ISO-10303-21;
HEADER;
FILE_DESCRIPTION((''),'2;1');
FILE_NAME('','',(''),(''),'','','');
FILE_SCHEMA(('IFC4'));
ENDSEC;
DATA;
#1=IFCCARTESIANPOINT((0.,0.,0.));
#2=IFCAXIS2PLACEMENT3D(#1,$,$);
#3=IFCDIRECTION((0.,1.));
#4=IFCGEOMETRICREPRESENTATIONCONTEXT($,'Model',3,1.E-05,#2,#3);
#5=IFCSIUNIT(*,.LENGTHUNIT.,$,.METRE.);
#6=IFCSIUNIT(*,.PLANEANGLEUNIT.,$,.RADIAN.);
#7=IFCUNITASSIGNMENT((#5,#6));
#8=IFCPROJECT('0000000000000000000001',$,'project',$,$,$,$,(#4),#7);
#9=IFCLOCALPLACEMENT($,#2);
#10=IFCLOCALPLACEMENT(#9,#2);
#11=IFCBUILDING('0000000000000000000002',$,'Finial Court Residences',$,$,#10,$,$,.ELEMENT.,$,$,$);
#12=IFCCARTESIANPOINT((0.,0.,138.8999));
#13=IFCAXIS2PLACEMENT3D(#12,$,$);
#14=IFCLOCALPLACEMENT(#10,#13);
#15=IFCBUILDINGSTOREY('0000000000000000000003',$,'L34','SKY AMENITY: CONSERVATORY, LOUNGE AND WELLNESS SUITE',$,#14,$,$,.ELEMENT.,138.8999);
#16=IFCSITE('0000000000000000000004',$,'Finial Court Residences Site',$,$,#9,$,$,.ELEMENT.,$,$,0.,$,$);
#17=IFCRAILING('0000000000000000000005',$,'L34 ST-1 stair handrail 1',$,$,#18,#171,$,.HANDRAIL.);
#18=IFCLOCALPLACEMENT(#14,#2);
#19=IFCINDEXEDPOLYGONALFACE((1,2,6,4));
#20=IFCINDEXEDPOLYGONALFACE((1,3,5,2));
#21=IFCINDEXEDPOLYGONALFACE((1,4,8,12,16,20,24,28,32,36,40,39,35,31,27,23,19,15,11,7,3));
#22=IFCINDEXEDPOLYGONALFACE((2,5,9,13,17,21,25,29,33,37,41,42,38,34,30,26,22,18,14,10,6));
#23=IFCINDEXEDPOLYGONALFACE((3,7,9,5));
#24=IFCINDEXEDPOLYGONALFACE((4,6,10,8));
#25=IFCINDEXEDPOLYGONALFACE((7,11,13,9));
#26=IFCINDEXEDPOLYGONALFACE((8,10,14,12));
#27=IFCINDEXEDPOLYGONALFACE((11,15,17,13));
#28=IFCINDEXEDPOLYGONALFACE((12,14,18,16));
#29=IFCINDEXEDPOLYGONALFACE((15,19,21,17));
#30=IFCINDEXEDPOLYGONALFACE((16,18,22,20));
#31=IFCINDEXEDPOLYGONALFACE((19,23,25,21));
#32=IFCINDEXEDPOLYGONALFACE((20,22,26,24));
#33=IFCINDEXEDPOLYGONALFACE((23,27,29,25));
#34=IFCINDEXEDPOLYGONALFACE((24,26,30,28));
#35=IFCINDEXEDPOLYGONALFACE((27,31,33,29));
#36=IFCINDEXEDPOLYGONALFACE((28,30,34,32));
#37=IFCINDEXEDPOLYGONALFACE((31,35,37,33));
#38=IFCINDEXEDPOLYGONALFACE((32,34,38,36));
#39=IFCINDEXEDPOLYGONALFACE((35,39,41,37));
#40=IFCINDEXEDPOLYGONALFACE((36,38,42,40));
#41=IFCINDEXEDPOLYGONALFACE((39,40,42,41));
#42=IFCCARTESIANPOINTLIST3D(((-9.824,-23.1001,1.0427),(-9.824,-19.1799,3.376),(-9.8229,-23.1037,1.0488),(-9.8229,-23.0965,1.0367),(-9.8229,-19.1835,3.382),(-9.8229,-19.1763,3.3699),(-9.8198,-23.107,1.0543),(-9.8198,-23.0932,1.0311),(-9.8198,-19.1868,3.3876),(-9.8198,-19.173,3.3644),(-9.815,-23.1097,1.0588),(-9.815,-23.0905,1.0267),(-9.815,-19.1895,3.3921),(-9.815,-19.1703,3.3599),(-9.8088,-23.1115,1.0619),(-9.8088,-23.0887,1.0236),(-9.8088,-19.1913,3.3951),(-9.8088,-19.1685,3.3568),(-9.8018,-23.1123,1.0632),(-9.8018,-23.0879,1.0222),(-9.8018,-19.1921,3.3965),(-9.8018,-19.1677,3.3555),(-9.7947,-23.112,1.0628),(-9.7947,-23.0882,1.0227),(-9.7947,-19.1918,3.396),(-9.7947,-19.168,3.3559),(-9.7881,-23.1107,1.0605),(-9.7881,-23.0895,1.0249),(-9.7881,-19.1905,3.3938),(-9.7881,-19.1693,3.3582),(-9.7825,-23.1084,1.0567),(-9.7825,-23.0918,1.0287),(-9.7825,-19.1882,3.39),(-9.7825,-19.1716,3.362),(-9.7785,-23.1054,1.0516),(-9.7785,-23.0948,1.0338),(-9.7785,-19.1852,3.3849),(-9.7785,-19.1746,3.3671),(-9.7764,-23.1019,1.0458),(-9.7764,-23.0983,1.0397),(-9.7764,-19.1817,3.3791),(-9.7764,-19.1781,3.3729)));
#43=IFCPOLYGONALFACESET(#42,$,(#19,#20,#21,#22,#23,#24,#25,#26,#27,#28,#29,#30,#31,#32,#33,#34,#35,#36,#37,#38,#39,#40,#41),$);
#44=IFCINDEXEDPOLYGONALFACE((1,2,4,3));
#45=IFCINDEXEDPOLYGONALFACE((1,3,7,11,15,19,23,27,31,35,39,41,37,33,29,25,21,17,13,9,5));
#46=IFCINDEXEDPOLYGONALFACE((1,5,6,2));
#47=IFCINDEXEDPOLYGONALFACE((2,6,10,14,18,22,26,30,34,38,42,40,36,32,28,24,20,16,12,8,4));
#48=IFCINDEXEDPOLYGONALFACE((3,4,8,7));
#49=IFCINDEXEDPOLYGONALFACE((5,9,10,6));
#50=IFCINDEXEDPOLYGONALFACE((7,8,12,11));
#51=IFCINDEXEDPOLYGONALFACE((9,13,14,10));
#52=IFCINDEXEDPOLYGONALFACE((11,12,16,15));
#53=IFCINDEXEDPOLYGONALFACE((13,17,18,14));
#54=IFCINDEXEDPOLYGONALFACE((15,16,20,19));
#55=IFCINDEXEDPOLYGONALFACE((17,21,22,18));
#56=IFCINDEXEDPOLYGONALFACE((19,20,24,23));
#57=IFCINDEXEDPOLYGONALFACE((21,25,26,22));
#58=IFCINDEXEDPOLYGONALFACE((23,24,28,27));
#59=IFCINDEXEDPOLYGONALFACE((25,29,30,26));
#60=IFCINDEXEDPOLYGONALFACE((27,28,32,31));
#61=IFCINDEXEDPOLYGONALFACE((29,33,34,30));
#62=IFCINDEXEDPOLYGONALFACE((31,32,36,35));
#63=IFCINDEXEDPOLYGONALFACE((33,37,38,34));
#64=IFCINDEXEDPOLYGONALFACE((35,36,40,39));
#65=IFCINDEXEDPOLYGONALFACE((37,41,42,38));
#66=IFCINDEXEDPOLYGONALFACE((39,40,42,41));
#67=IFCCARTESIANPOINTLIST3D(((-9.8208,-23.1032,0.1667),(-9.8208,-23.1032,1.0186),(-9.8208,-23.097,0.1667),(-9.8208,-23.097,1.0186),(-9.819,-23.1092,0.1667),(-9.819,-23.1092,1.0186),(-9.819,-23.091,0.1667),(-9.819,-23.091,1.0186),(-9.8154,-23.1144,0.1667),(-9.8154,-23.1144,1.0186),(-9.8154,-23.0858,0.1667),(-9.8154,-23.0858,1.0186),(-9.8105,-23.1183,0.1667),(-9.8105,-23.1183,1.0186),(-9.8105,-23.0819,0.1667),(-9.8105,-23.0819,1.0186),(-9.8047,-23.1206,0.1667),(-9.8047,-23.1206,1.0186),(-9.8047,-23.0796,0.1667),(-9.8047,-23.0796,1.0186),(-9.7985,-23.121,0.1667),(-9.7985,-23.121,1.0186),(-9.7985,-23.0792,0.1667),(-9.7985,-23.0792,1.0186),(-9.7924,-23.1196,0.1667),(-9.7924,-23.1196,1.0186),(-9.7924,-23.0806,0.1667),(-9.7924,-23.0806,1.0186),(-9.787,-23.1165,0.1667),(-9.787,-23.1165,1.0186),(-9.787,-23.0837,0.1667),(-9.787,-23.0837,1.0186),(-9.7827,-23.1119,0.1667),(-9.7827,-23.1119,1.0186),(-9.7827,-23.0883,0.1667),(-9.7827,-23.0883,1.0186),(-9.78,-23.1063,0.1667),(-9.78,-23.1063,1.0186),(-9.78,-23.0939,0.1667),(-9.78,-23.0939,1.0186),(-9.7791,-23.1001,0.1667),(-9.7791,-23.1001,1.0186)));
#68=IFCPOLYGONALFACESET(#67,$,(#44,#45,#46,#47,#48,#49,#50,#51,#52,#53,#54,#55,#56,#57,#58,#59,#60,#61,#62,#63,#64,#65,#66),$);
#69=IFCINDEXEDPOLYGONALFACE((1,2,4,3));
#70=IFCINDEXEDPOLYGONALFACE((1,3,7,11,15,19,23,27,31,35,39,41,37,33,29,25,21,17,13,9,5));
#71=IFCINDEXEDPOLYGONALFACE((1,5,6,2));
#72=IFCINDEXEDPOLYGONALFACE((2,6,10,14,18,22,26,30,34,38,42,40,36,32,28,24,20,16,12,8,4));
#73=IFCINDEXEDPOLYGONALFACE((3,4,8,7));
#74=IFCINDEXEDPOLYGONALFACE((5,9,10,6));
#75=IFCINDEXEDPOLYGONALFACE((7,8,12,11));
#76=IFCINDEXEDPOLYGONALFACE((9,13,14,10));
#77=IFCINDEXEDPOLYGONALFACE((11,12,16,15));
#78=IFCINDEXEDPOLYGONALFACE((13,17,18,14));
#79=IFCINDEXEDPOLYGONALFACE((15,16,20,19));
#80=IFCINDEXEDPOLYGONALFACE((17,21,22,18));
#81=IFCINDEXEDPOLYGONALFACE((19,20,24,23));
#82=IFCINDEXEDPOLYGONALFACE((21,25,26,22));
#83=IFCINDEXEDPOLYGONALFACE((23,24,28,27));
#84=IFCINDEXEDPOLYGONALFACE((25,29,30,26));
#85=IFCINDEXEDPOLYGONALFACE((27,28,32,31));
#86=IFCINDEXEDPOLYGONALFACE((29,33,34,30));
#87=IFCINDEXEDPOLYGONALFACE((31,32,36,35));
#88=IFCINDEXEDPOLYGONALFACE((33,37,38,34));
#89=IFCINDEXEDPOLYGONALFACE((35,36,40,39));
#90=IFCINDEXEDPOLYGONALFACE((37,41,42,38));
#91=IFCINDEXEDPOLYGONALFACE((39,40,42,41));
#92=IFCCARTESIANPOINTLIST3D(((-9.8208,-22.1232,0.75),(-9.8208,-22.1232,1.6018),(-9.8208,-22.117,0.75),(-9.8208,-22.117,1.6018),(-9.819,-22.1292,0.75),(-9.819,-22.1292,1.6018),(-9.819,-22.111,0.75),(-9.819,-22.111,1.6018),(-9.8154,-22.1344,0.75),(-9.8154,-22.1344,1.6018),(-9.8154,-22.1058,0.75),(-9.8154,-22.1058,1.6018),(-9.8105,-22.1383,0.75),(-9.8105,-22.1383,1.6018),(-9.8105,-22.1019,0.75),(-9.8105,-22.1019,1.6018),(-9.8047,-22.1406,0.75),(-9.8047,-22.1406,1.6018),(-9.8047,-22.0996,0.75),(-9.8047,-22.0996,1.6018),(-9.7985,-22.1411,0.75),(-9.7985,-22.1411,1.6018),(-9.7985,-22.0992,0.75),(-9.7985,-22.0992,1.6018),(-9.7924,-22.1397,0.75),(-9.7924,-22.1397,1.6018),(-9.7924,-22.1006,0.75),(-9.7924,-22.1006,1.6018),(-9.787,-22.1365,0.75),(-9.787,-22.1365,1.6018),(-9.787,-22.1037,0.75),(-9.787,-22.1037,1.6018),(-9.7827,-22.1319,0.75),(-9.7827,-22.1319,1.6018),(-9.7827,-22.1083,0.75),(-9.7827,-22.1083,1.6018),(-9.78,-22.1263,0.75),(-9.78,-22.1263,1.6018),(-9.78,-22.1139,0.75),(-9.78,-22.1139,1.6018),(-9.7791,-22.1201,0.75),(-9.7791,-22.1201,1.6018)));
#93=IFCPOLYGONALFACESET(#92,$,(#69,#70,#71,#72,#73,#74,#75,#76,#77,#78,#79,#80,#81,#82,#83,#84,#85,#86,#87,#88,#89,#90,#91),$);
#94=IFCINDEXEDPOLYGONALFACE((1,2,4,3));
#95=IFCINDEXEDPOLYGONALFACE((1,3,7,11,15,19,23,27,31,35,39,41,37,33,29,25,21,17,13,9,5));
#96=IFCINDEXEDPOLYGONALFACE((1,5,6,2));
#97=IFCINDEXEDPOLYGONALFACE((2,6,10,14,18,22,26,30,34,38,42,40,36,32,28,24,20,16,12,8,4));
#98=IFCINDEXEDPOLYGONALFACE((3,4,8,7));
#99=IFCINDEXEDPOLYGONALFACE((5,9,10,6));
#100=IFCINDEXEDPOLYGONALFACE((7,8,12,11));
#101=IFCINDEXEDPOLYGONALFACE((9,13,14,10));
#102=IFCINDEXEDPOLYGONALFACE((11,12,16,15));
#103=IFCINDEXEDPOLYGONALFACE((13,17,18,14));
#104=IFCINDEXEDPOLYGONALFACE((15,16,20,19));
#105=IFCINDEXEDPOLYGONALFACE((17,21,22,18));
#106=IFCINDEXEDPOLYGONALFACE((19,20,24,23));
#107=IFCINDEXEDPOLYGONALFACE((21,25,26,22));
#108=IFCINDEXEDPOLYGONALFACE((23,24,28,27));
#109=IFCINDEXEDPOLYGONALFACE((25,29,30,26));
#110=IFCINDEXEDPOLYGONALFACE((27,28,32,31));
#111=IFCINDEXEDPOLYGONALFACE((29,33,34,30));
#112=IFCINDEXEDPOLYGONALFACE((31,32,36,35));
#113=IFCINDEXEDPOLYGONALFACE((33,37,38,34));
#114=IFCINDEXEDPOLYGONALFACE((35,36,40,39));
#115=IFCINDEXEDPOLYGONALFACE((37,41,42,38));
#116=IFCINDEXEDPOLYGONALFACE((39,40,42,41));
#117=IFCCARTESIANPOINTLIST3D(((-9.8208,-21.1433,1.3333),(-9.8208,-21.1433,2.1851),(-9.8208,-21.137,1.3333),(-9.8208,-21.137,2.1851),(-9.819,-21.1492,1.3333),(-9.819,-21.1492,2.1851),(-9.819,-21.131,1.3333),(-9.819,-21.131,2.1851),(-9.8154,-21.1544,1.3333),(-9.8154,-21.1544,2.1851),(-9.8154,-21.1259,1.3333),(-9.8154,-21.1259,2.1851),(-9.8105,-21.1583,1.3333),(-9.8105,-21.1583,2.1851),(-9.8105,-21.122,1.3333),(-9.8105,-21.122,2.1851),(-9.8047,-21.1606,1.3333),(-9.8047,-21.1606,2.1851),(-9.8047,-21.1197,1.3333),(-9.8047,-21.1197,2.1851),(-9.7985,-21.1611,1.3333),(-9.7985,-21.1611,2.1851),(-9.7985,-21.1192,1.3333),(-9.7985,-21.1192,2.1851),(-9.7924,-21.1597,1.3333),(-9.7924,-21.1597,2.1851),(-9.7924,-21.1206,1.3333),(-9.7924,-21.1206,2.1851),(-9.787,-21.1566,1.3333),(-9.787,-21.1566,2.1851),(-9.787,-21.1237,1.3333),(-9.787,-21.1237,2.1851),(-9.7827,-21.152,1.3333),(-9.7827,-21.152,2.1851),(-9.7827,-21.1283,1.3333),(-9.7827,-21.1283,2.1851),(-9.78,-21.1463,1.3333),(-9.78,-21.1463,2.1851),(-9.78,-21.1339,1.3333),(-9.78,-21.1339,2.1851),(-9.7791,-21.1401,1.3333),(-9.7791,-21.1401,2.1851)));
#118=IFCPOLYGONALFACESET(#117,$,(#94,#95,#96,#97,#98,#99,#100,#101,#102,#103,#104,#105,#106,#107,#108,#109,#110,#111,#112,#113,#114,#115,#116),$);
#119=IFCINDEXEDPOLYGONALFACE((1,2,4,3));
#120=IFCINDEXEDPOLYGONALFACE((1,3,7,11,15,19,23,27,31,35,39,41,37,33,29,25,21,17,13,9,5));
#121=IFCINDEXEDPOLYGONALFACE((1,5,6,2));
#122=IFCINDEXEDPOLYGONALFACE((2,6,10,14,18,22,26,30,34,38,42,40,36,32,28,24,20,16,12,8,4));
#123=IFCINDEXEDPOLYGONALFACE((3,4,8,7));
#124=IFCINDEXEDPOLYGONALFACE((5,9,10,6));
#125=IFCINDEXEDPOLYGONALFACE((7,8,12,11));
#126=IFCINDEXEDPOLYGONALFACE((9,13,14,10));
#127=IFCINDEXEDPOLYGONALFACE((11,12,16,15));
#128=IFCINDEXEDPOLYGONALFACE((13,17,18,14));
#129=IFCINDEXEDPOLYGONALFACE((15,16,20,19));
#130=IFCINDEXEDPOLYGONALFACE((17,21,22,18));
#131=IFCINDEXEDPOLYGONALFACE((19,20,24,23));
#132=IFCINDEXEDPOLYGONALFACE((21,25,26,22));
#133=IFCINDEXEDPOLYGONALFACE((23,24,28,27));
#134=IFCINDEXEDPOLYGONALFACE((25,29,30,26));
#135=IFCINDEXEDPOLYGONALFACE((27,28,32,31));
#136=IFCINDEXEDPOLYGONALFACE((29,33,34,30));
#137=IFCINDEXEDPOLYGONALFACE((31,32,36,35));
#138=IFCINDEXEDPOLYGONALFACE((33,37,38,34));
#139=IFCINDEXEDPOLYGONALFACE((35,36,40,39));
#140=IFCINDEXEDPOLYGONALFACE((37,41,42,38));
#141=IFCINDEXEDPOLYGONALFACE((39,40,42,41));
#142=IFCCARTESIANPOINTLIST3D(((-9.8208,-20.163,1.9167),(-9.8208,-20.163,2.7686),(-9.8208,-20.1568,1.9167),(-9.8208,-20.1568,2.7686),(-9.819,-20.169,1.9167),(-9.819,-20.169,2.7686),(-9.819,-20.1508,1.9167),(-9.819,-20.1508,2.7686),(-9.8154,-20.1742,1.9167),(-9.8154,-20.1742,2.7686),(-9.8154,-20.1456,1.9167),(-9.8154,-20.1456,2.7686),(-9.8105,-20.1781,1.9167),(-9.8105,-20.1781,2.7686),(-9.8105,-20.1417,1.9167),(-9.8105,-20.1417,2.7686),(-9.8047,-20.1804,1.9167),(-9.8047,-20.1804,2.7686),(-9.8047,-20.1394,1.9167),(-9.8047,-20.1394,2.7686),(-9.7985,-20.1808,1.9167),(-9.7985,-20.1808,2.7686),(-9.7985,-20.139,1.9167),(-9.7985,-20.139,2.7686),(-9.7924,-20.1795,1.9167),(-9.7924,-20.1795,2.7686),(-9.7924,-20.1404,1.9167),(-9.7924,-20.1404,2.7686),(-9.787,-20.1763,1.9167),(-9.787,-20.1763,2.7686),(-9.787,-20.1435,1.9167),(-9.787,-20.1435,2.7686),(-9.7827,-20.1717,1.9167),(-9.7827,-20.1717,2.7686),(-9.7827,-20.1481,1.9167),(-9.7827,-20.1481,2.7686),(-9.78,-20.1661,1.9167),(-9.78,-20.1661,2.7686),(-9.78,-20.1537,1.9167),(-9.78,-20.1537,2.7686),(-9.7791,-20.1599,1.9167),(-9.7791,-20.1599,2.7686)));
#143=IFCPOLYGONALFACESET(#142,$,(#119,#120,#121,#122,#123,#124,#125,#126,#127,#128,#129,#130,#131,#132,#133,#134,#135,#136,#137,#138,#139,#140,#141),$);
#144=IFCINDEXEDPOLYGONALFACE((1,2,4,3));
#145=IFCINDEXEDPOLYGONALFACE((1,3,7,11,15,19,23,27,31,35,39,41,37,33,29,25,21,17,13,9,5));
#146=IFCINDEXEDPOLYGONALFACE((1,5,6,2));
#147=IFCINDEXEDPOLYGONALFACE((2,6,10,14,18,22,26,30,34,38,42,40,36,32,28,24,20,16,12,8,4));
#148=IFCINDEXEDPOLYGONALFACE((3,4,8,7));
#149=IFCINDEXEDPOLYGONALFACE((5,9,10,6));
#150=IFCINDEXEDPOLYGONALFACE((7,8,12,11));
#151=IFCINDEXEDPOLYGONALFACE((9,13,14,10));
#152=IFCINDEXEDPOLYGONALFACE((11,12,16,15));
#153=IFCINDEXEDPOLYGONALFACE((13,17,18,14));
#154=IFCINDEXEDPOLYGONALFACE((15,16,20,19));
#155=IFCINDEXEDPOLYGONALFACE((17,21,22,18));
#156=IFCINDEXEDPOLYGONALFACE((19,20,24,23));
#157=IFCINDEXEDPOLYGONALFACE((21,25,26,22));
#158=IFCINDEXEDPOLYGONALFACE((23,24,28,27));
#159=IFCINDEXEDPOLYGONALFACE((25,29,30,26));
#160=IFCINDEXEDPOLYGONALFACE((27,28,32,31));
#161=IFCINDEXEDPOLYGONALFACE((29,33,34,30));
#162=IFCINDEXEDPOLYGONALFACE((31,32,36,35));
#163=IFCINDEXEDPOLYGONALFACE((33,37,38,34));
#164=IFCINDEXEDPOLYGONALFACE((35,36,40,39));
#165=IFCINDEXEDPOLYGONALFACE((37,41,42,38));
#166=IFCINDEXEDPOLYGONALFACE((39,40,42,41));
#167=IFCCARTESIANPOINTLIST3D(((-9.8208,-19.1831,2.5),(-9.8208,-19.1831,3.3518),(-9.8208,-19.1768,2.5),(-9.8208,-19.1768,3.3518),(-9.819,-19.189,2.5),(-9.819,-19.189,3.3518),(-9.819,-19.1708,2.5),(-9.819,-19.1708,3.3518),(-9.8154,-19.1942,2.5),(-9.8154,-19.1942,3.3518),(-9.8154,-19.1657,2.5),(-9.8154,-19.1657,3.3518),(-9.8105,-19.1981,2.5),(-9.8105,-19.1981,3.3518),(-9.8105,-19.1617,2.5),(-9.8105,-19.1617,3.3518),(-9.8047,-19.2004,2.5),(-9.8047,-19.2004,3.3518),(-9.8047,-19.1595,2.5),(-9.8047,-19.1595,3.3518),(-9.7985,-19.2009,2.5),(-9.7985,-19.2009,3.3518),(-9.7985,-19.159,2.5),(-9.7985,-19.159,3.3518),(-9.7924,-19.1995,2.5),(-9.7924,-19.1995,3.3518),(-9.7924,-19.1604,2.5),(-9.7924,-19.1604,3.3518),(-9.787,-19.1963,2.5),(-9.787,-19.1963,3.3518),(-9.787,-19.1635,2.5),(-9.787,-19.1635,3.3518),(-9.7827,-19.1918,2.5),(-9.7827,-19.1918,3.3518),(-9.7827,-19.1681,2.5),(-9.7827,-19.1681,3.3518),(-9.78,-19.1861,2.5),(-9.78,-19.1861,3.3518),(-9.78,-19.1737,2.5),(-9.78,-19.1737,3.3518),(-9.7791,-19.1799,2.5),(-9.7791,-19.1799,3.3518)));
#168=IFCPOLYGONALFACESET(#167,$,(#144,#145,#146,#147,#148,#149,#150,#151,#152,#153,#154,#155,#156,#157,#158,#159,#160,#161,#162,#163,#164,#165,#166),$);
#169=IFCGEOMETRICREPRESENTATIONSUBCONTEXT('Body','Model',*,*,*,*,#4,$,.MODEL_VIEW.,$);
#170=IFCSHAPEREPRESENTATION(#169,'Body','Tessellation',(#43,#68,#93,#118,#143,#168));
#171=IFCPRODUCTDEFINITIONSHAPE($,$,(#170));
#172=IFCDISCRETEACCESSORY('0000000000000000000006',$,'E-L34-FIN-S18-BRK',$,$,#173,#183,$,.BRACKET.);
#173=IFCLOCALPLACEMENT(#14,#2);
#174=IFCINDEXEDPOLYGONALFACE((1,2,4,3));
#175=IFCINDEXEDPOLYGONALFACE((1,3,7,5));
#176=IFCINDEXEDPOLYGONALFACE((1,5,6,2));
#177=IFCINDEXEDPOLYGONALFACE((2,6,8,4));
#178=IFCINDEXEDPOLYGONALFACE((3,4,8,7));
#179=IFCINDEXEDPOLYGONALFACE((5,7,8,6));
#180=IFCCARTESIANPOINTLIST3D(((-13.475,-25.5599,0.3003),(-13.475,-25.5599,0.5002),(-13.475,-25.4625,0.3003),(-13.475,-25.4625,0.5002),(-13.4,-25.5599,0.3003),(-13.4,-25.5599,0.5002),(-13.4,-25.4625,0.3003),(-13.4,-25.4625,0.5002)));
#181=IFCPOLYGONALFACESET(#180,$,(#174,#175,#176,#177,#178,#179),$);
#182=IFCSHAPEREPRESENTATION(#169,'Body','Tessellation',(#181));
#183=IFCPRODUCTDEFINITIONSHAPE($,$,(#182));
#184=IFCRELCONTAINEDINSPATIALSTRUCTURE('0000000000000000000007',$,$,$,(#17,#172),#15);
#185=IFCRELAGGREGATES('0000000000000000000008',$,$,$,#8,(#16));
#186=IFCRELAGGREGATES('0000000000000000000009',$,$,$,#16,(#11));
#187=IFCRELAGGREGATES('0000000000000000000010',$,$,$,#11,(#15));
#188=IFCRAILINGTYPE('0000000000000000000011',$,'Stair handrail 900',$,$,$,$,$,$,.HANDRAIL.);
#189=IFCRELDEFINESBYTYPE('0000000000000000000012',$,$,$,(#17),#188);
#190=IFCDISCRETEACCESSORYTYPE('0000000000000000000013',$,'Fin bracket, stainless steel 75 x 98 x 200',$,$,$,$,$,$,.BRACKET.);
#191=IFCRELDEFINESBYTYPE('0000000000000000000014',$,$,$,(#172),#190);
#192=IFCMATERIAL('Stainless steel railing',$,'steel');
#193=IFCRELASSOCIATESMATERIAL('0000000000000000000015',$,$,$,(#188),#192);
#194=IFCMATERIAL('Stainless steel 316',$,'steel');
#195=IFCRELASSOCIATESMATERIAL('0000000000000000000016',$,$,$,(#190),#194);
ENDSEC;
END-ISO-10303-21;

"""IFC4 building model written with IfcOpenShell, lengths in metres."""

from ifc_helpers import new_model, si_unit, direction, frame, origin, origin_2d, place, context, subcontext, project, spatial, rectangle, circle, extrude, material, type_object, element, save


model = new_model("IFC4")

# Units and contexts
model_context = context("Model", 3, precision=1e-05, world=origin(), true_north=direction((0.0, 1.0)))
body_context = subcontext(model_context, "Body", "Model", "MODEL_VIEW")
ifc_project = project(units=[si_unit("LENGTHUNIT", "METRE"), si_unit("PLANEANGLEUNIT", "RADIAN")], contexts=[model_context])

# Site, building, storey
site_placement = place(None, origin())
site = spatial("IfcSite", under=ifc_project, at=site_placement, Name="Finial Court Residences Site", CompositionType="ELEMENT", RefElevation=0.0)
building_placement = place(site_placement, origin())
building = spatial("IfcBuilding", under=site, at=building_placement, Name="Finial Court Residences", CompositionType="ELEMENT")
storey_placement = place(building_placement, frame((0.0, 0.0, 138.8999)))
storey = spatial("IfcBuildingStorey", under=building, at=storey_placement, Name="L34", Description="SKY AMENITY: CONSERVATORY, LOUNGE AND WELLNESS SUITE", CompositionType="ELEMENT", Elevation=138.8999)

# Railing
ifc_material_1 = material(Name="Stainless steel railing", Category="steel")
railing_type_1 = type_object("IfcRailingType", Name="Stair handrail 900", PredefinedType="HANDRAIL", material=ifc_material_1)
railing_1_placement = place(storey_placement, frame((-9.8, -23.1001, 0.1667)))
element("IfcRailing", 1, at=railing_1_placement, inside=storey, type_object=railing_type_1, Name="L34 ST-1 stair handrail 1", PredefinedType="HANDRAIL", context=body_context, shape_type="SweptSolid", body=[
    extrude(circle(Radius=0.0239, at=origin_2d()), frame((0.0, 0.0, 0.876), z_axis=(0.0, 0.85931, 0.511455), x_axis=(-1.0, 0.0, 0.0)), (0.0, 0.0, 1.0), 4.562),
    extrude(circle(Radius=0.021, at=origin_2d()), origin(), (0.0, 0.0, 1.0), 0.8518),
    extrude(circle(Radius=0.021, at=origin_2d()), frame((0.0, 0.98, 0.5833)), (0.0, 0.0, 1.0), 0.8518),
    extrude(circle(Radius=0.021, at=origin_2d()), frame((0.0, 1.96, 1.1665)), (0.0, 0.0, 1.0), 0.8518),
    extrude(circle(Radius=0.021, at=origin_2d()), frame((0.0, 2.9402, 1.75)), (0.0, 0.0, 1.0), 0.8518),
    extrude(circle(Radius=0.021, at=origin_2d()), frame((0.0, 3.9202, 2.3333)), (0.0, 0.0, 1.0), 0.8518),
])

# Discrete accessory
ifc_material_2 = material(Name="Stainless steel 316", Category="steel")
discrete_accessory_type = type_object("IfcDiscreteAccessoryType", Name="Fin bracket, stainless steel 75 x 98 x 200", PredefinedType="BRACKET", material=ifc_material_2)
discrete_accessory_placement = place(storey_placement, frame((-13.4375, -25.5112, 0.3003), z_axis=(0.0, 0.0, 1.0), x_axis=(1.0, 0.0, 0.0)))
element("IfcDiscreteAccessory", 2, at=discrete_accessory_placement, inside=storey, type_object=discrete_accessory_type, Name="E-L34-FIN-S18-BRK", PredefinedType="BRACKET", context=body_context, shape_type="SweptSolid", body=[
    extrude(rectangle(XDim=0.075, YDim=0.0974, at=origin_2d()), origin(), (0.0, 0.0, 1.0), 0.2),
])

save(model, "model.ifc")
